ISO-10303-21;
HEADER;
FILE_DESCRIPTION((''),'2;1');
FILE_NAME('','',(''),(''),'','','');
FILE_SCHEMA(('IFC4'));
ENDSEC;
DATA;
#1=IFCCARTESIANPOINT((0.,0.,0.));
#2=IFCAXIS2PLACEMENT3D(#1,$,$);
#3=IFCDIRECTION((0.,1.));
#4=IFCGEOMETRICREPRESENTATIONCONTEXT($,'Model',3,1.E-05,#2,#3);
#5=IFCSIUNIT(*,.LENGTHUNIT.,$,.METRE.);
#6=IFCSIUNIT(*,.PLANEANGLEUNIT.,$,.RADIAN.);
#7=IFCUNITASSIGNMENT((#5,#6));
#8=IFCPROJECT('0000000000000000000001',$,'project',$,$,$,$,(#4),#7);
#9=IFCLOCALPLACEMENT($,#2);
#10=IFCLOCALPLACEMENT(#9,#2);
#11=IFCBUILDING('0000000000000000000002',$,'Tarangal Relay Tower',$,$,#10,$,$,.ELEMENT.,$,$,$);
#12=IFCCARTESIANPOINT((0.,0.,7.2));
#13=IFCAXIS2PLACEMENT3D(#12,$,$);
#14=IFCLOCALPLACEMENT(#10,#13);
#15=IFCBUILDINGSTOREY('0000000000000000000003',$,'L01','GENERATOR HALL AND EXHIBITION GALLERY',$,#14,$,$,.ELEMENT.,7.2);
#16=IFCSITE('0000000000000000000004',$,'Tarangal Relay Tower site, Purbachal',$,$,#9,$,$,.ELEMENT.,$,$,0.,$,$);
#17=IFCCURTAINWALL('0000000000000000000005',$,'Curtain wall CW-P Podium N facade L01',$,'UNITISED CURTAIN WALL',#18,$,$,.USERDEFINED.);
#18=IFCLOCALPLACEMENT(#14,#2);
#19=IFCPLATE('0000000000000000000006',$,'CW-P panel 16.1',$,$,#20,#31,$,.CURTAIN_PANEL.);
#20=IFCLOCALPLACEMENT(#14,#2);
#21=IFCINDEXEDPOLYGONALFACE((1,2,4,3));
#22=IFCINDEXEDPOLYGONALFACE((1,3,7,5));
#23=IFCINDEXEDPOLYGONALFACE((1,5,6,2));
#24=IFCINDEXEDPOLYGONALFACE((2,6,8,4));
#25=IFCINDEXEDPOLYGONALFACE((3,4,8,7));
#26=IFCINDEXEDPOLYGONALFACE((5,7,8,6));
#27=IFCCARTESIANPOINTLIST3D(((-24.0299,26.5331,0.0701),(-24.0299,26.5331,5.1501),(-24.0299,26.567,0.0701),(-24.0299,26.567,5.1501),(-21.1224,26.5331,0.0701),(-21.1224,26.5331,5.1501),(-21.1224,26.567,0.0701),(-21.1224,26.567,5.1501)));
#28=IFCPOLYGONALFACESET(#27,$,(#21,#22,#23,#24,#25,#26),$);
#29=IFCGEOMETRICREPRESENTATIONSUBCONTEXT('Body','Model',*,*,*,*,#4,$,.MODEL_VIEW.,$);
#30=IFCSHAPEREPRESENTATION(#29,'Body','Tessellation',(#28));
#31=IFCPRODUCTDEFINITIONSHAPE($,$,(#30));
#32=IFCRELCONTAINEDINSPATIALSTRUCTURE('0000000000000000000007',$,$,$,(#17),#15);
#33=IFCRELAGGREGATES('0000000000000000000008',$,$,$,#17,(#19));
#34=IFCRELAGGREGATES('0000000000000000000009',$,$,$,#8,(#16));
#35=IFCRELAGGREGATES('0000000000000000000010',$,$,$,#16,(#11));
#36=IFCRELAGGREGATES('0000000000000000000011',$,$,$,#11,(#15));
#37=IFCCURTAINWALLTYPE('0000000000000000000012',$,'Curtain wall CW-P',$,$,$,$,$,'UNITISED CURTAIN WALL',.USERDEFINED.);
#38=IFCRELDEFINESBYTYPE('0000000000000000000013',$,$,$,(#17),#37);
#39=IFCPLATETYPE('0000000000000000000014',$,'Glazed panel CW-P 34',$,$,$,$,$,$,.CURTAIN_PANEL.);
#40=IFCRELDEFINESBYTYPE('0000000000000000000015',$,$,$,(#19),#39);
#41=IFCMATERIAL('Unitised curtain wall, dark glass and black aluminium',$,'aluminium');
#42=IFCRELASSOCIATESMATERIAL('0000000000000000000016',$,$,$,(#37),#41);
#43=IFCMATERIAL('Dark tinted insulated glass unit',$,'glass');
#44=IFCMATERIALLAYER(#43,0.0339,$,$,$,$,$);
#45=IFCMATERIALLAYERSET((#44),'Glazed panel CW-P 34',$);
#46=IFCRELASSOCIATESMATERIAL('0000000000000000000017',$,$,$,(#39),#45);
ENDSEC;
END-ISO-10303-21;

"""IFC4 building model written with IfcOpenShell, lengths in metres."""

from ifc_helpers import new_model, si_unit, direction, frame, origin, origin_2d, place, context, subcontext, project, spatial, rectangle, extrude, material, layer, layer_set, type_object, element, aggregate, save


model = new_model("IFC4")

# Units and contexts
model_context = context("Model", 3, precision=1e-05, world=origin(), true_north=direction((0.0, 1.0)))
body_context = subcontext(model_context, "Body", "Model", "MODEL_VIEW")
ifc_project = project(units=[si_unit("LENGTHUNIT", "METRE"), si_unit("PLANEANGLEUNIT", "RADIAN")], contexts=[model_context])

# Site, building, storey
site_placement = place(None, origin())
site = spatial("IfcSite", under=ifc_project, at=site_placement, Name="Tarangal Relay Tower site, Purbachal", CompositionType="ELEMENT", RefElevation=0.0)
building_placement = place(site_placement, origin())
building = spatial("IfcBuilding", under=site, at=building_placement, Name="Tarangal Relay Tower", CompositionType="ELEMENT")
storey_placement = place(building_placement, frame((0.0, 0.0, 7.2)))
storey = spatial("IfcBuildingStorey", under=building, at=storey_placement, Name="L01", Description="GENERATOR HALL AND EXHIBITION GALLERY", CompositionType="ELEMENT", Elevation=7.2)

# Curtain wall
ifc_material_1 = material(Name="Unitised curtain wall, dark glass and black aluminium", Category="aluminium")
curtain_wall_type = type_object("IfcCurtainWallType", Name="Curtain wall CW-P", ElementType="UNITISED CURTAIN WALL", PredefinedType="USERDEFINED", material=ifc_material_1)
curtain_wall_placement = place(storey_placement, origin())
curtain_wall = element("IfcCurtainWall", 1, at=curtain_wall_placement, inside=storey, type_object=curtain_wall_type, Name="Curtain wall CW-P Podium N facade L01", ObjectType="UNITISED CURTAIN WALL", PredefinedType="USERDEFINED")

# Plate
ifc_material_2 = material(Name="Dark tinted insulated glass unit", Category="glass")
ifc_layer = layer(ifc_material_2, 0.0339)
ifc_layer_set = layer_set([ifc_layer], Name="Glazed panel CW-P 34")
plate_type = type_object("IfcPlateType", Name="Glazed panel CW-P 34", PredefinedType="CURTAIN_PANEL", material=ifc_layer_set)
plate_1_placement = place(storey_placement, frame((-22.5762, 26.55, 0.0701), z_axis=(0.0, 0.0, 1.0), x_axis=(-1.0, 0.0, 0.0)))
plate_1 = element("IfcPlate", 2, at=plate_1_placement, type_object=plate_type, Name="CW-P panel 16.1", PredefinedType="CURTAIN_PANEL", context=body_context, shape_type="SweptSolid", body=[
    extrude(rectangle(XDim=2.9075, YDim=0.0339, at=origin_2d()), origin(), (0.0, 0.0, 1.0), 5.0801),
])
aggregate(curtain_wall, [plate_1])

save(model, "model.ifc")
